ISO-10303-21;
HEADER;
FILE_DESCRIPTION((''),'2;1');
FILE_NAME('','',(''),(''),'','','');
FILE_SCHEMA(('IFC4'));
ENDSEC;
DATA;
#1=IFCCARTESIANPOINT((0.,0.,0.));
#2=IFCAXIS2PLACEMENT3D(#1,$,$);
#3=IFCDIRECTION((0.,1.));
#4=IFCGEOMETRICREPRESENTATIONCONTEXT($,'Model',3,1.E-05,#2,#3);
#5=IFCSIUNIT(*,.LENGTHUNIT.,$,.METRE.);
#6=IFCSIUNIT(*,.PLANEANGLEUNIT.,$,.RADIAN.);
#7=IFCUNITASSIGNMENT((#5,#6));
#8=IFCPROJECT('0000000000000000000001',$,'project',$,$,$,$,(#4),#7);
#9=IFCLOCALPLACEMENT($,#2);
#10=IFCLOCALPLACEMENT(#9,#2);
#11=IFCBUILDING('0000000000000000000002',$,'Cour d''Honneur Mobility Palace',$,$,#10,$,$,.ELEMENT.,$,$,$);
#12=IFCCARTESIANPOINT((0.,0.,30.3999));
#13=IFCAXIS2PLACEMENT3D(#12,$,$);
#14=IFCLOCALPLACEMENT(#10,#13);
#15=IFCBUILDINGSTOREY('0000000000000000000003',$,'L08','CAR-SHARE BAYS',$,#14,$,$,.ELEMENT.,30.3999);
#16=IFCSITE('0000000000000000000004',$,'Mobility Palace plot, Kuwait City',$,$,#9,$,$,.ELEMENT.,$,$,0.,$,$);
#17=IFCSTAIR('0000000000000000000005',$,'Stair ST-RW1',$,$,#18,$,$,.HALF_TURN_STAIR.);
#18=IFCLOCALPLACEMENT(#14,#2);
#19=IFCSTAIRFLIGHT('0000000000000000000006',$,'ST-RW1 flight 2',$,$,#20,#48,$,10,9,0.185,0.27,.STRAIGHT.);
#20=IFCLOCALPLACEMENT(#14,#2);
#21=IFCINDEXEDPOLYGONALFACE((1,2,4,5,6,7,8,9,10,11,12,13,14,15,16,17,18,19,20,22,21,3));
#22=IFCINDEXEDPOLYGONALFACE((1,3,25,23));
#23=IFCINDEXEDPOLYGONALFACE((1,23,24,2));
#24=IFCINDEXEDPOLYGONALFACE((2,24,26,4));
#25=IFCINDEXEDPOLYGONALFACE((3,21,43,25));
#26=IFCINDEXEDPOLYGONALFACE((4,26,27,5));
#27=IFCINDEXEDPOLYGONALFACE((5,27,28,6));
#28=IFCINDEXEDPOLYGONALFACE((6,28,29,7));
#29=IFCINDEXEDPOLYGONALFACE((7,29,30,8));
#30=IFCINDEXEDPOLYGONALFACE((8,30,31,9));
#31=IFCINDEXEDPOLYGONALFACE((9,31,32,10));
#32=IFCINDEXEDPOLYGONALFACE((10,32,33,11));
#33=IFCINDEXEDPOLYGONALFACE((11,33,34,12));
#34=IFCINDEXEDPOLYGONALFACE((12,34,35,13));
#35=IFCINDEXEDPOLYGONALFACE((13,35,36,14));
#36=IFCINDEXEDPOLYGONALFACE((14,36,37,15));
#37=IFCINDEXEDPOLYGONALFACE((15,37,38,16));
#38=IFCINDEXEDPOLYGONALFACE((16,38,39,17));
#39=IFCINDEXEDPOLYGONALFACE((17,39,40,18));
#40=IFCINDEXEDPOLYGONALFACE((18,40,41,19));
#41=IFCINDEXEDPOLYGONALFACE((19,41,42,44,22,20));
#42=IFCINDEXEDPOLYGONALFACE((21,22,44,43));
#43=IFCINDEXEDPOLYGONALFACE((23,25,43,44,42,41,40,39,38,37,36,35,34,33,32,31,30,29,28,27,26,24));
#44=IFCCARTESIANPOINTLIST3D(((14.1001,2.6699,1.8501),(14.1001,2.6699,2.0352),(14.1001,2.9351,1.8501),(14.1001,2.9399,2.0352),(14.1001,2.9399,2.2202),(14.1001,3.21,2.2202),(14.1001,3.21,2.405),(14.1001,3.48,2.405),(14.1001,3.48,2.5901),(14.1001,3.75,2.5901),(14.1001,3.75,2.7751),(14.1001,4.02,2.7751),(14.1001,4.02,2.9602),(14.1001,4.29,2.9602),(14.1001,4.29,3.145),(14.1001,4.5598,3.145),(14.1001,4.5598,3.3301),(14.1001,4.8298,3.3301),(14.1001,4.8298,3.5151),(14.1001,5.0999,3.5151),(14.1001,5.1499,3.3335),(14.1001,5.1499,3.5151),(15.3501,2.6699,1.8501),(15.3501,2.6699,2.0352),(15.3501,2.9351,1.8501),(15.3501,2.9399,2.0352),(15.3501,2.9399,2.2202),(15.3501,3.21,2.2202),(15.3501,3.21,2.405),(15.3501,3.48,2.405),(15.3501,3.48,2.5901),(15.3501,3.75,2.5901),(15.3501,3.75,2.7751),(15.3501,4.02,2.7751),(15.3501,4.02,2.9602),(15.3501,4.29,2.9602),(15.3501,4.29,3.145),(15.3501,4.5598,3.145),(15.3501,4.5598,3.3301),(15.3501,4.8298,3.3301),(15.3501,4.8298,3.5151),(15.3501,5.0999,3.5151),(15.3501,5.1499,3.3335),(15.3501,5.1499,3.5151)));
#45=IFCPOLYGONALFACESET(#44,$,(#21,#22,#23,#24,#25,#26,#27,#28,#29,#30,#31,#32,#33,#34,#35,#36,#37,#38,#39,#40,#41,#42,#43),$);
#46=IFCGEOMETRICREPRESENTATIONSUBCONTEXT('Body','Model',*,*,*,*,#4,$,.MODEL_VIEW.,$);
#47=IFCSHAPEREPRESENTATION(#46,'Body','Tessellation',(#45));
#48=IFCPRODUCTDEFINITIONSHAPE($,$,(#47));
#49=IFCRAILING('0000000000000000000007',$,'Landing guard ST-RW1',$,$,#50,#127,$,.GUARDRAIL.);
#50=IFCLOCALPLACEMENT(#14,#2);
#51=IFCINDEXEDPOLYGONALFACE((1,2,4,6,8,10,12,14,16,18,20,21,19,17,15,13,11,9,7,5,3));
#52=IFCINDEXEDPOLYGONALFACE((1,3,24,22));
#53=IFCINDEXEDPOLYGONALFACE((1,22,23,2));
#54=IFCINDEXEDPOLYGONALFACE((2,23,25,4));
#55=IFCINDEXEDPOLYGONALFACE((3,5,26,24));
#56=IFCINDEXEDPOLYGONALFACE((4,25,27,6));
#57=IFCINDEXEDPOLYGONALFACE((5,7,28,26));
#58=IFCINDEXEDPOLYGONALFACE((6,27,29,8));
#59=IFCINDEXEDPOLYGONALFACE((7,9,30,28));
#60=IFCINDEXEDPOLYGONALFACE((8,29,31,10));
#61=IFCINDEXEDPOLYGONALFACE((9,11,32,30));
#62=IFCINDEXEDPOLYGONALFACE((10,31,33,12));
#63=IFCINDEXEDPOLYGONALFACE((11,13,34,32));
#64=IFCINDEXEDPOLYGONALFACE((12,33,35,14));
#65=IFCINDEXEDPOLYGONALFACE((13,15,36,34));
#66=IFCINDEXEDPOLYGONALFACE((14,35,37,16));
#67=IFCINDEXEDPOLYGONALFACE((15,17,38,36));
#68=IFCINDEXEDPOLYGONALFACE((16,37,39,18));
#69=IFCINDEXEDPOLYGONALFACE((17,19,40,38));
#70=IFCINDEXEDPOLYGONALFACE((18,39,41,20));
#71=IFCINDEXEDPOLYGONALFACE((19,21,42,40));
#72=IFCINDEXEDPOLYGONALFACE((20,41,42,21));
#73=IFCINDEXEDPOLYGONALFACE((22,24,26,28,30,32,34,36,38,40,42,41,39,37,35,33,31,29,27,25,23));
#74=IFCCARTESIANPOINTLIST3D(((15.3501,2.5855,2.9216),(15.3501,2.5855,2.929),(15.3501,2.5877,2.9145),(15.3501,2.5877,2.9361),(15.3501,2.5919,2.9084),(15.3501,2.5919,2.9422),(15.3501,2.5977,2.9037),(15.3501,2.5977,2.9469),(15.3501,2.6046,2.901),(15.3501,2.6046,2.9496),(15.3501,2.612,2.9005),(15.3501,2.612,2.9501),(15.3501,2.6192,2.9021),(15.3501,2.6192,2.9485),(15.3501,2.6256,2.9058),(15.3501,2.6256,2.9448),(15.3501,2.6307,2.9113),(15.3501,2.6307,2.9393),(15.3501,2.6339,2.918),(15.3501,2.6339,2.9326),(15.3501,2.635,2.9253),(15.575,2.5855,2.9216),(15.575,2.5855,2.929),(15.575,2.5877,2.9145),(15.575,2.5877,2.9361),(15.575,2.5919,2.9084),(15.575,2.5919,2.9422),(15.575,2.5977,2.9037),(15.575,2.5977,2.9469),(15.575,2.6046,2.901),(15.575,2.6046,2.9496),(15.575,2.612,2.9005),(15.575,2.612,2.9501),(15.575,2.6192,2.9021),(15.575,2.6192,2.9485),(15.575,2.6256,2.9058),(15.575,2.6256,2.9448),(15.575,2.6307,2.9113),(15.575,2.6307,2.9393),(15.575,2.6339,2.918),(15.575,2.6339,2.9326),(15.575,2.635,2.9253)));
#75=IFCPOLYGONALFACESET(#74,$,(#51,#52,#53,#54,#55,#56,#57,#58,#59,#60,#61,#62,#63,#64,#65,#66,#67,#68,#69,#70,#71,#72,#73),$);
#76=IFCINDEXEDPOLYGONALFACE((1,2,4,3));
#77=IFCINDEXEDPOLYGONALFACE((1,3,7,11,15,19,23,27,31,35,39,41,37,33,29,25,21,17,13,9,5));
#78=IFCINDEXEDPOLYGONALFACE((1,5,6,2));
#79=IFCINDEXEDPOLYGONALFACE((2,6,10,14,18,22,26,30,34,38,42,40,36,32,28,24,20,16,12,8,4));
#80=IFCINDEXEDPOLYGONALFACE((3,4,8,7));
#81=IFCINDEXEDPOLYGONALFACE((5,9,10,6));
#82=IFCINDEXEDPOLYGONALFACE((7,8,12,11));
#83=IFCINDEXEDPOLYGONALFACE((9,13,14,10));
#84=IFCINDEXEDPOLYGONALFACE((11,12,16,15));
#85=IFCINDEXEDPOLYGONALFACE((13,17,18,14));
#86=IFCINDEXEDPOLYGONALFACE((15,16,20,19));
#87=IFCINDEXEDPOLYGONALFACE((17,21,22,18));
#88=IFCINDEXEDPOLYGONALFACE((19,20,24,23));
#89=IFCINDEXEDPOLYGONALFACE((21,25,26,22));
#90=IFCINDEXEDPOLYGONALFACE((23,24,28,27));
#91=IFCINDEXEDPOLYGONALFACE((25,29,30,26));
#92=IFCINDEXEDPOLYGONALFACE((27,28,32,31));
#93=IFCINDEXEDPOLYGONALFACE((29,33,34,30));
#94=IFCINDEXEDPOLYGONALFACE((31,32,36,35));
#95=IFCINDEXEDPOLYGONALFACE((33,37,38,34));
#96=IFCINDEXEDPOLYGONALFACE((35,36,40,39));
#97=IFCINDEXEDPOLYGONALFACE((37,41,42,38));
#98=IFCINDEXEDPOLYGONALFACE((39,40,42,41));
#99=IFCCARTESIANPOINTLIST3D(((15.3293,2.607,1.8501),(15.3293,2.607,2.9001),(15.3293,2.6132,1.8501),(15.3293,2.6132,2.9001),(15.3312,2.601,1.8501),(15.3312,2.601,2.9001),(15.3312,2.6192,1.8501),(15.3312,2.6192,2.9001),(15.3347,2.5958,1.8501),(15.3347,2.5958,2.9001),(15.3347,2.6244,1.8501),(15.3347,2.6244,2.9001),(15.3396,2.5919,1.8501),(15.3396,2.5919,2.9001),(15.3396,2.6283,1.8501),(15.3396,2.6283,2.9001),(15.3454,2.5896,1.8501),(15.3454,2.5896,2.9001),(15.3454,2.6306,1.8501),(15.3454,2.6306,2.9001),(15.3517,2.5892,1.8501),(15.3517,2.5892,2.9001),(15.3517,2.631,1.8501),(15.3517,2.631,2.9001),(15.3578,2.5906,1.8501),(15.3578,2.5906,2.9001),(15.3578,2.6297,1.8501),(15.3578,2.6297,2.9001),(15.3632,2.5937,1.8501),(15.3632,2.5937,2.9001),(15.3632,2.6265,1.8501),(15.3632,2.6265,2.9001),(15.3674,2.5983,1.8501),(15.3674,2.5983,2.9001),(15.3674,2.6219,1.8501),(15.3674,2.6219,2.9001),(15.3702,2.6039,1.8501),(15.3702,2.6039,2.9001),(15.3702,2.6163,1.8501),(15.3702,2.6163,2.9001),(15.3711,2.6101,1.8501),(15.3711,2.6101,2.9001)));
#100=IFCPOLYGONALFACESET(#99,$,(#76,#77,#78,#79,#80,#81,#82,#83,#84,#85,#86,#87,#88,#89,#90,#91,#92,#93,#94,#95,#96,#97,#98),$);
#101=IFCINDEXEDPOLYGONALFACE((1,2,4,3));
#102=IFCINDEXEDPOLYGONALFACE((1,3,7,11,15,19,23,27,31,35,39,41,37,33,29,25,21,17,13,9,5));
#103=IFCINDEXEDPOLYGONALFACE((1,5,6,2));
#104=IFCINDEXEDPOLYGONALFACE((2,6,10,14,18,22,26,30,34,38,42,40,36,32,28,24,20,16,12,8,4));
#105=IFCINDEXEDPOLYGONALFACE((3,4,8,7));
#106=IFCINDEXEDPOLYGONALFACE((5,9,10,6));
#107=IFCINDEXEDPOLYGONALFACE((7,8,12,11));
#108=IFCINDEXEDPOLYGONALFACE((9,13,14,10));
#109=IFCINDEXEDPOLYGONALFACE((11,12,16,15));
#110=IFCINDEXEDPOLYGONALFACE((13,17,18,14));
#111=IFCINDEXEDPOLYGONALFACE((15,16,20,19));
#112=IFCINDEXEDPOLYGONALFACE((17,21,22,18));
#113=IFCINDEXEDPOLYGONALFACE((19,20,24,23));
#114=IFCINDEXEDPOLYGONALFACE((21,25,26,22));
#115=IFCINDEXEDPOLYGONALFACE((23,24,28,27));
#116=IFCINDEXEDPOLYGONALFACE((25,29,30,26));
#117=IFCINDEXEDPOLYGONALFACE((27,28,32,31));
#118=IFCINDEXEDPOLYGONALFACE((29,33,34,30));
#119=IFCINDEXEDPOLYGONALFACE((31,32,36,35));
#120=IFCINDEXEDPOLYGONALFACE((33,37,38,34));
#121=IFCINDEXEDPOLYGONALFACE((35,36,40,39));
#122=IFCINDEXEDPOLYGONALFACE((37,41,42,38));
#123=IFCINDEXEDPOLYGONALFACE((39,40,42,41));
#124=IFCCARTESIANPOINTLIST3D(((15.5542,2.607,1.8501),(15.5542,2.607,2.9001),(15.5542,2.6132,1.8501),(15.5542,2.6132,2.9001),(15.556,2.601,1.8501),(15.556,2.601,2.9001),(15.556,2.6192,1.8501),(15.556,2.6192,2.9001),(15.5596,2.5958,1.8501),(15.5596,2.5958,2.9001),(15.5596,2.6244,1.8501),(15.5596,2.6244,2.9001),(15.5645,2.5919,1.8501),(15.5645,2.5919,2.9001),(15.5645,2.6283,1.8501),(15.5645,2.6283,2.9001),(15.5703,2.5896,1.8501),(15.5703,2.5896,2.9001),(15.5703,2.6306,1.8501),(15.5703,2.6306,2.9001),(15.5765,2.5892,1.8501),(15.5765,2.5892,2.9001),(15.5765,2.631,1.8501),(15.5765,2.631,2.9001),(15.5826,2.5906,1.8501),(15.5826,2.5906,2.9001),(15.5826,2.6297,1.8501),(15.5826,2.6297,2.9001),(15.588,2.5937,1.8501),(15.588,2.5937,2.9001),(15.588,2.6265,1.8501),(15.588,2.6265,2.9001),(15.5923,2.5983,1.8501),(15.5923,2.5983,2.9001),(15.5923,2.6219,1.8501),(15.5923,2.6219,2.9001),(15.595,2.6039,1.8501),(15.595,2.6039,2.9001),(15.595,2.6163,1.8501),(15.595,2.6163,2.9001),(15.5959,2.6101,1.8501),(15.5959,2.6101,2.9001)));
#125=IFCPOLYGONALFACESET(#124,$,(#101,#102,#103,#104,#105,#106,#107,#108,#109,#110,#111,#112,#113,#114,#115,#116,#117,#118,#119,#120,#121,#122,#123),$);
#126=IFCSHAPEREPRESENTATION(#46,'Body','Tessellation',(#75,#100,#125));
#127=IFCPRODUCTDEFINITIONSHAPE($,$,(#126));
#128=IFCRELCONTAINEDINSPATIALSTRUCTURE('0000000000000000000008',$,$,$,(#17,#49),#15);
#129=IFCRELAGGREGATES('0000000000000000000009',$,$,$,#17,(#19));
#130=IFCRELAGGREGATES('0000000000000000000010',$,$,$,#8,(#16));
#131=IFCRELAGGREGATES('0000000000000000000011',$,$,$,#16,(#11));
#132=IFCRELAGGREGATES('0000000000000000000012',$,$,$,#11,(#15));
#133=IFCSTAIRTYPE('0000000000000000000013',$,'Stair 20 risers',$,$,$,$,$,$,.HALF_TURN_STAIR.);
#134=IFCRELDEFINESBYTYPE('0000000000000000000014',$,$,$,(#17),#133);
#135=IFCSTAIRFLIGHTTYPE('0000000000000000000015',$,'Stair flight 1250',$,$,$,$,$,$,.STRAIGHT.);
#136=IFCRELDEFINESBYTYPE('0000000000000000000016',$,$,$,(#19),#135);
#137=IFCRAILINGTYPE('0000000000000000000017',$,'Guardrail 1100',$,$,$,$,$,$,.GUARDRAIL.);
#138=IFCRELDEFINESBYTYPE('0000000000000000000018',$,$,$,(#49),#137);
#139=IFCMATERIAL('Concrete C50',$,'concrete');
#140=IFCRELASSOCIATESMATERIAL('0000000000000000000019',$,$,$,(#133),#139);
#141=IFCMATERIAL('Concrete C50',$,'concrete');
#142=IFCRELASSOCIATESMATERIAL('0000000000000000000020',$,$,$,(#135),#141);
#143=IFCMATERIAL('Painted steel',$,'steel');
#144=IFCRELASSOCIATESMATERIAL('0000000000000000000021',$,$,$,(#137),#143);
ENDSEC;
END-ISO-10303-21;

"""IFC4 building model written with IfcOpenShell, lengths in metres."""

from ifc_helpers import new_model, si_unit, direction, frame, origin, origin_2d, place, context, subcontext, project, spatial, polyline, circle, outline, extrude, material, type_object, element, aggregate, save


model = new_model("IFC4")

# Units and contexts
model_context = context("Model", 3, precision=1e-05, world=origin(), true_north=direction((0.0, 1.0)))
body_context = subcontext(model_context, "Body", "Model", "MODEL_VIEW")
ifc_project = project(units=[si_unit("LENGTHUNIT", "METRE"), si_unit("PLANEANGLEUNIT", "RADIAN")], contexts=[model_context])

# Site, building, storey
site_placement = place(None, origin())
site = spatial("IfcSite", under=ifc_project, at=site_placement, Name="Mobility Palace plot, Kuwait City", CompositionType="ELEMENT", RefElevation=0.0)
building_placement = place(site_placement, origin())
building = spatial("IfcBuilding", under=site, at=building_placement, Name="Cour d'Honneur Mobility Palace", CompositionType="ELEMENT")
storey_placement = place(building_placement, frame((0.0, 0.0, 30.3999)))
storey = spatial("IfcBuildingStorey", under=building, at=storey_placement, Name="L08", Description="CAR-SHARE BAYS", CompositionType="ELEMENT", Elevation=30.3999)

# Stair, stair flight
ifc_material_1 = material(Name="Concrete C50", Category="concrete")
stair_type = type_object("IfcStairType", Name="Stair 20 risers", PredefinedType="HALF_TURN_STAIR", material=ifc_material_1)
stair_placement = place(storey_placement, origin())
stair = element("IfcStair", 1, at=stair_placement, inside=storey, type_object=stair_type, Name="Stair ST-RW1", PredefinedType="HALF_TURN_STAIR")
ifc_material_2 = material(Name="Concrete C50", Category="concrete")
stair_flight_type = type_object("IfcStairFlightType", Name="Stair flight 1250", PredefinedType="STRAIGHT", material=ifc_material_2)
stair_flight_placement = place(storey_placement, frame((14.7251, 2.6699, 1.8501), z_axis=(0.0, 0.0, 1.0), x_axis=(0.0, 1.0, 0.0)))
stair_flight = element("IfcStairFlight", 2, at=stair_flight_placement, type_object=stair_flight_type, Name="ST-RW1 flight 2", NumberOfRisers=10, NumberOfTreads=9, PredefinedType="STRAIGHT", RiserHeight=0.185, TreadLength=0.27, context=body_context, shape_type="SweptSolid", body=[
    extrude(outline(polyline([(0.0, 0.0), (0.0, 0.1851), (0.27, 0.1851), (0.27, 0.3701), (0.54, 0.3701), (0.54, 0.5549), (0.8101, 0.5549), (0.8101, 0.74), (1.0801, 0.74), (1.0801, 0.925), (1.3501, 0.925), (1.3501, 1.1101), (1.6201, 1.1101), (1.6201, 1.2949), (1.8899, 1.2949), (1.8899, 1.48), (2.1599, 1.48), (2.1599, 1.665), (2.4299, 1.665), (2.48, 1.665), (2.48, 1.4834), (0.2651, 0.0), (0.0, 0.0)])), frame((0.0, 0.625, 0.0), z_axis=(0.0, -1.0, 0.0), x_axis=(1.0, 0.0, 0.0)), (0.0, 0.0, 1.0), 1.25),
])
aggregate(stair, [stair_flight])

# Railing
ifc_material_3 = material(Name="Painted steel", Category="steel")
railing_type_1 = type_object("IfcRailingType", Name="Guardrail 1100", PredefinedType="GUARDRAIL", material=ifc_material_3)
railing_1_placement = place(storey_placement, frame((15.3501, 2.6101, 1.8501)))
element("IfcRailing", 3, at=railing_1_placement, inside=storey, type_object=railing_type_1, Name="Landing guard ST-RW1", PredefinedType="GUARDRAIL", context=body_context, shape_type="SweptSolid", body=[
    extrude(circle(Radius=0.0249, at=origin_2d()), frame((0.0, 0.0, 1.0752), z_axis=(1.0, 0.0, 0.0), x_axis=(0.0, 1.0, 0.0)), (0.0, 0.0, 1.0), 0.2249),
    extrude(circle(Radius=0.021, at=origin_2d()), origin(), (0.0, 0.0, 1.0), 1.05),
    extrude(circle(Radius=0.021, at=origin_2d()), frame((0.2249, 0.0, 0.0)), (0.0, 0.0, 1.0), 1.05),
])

save(model, "model.ifc")
